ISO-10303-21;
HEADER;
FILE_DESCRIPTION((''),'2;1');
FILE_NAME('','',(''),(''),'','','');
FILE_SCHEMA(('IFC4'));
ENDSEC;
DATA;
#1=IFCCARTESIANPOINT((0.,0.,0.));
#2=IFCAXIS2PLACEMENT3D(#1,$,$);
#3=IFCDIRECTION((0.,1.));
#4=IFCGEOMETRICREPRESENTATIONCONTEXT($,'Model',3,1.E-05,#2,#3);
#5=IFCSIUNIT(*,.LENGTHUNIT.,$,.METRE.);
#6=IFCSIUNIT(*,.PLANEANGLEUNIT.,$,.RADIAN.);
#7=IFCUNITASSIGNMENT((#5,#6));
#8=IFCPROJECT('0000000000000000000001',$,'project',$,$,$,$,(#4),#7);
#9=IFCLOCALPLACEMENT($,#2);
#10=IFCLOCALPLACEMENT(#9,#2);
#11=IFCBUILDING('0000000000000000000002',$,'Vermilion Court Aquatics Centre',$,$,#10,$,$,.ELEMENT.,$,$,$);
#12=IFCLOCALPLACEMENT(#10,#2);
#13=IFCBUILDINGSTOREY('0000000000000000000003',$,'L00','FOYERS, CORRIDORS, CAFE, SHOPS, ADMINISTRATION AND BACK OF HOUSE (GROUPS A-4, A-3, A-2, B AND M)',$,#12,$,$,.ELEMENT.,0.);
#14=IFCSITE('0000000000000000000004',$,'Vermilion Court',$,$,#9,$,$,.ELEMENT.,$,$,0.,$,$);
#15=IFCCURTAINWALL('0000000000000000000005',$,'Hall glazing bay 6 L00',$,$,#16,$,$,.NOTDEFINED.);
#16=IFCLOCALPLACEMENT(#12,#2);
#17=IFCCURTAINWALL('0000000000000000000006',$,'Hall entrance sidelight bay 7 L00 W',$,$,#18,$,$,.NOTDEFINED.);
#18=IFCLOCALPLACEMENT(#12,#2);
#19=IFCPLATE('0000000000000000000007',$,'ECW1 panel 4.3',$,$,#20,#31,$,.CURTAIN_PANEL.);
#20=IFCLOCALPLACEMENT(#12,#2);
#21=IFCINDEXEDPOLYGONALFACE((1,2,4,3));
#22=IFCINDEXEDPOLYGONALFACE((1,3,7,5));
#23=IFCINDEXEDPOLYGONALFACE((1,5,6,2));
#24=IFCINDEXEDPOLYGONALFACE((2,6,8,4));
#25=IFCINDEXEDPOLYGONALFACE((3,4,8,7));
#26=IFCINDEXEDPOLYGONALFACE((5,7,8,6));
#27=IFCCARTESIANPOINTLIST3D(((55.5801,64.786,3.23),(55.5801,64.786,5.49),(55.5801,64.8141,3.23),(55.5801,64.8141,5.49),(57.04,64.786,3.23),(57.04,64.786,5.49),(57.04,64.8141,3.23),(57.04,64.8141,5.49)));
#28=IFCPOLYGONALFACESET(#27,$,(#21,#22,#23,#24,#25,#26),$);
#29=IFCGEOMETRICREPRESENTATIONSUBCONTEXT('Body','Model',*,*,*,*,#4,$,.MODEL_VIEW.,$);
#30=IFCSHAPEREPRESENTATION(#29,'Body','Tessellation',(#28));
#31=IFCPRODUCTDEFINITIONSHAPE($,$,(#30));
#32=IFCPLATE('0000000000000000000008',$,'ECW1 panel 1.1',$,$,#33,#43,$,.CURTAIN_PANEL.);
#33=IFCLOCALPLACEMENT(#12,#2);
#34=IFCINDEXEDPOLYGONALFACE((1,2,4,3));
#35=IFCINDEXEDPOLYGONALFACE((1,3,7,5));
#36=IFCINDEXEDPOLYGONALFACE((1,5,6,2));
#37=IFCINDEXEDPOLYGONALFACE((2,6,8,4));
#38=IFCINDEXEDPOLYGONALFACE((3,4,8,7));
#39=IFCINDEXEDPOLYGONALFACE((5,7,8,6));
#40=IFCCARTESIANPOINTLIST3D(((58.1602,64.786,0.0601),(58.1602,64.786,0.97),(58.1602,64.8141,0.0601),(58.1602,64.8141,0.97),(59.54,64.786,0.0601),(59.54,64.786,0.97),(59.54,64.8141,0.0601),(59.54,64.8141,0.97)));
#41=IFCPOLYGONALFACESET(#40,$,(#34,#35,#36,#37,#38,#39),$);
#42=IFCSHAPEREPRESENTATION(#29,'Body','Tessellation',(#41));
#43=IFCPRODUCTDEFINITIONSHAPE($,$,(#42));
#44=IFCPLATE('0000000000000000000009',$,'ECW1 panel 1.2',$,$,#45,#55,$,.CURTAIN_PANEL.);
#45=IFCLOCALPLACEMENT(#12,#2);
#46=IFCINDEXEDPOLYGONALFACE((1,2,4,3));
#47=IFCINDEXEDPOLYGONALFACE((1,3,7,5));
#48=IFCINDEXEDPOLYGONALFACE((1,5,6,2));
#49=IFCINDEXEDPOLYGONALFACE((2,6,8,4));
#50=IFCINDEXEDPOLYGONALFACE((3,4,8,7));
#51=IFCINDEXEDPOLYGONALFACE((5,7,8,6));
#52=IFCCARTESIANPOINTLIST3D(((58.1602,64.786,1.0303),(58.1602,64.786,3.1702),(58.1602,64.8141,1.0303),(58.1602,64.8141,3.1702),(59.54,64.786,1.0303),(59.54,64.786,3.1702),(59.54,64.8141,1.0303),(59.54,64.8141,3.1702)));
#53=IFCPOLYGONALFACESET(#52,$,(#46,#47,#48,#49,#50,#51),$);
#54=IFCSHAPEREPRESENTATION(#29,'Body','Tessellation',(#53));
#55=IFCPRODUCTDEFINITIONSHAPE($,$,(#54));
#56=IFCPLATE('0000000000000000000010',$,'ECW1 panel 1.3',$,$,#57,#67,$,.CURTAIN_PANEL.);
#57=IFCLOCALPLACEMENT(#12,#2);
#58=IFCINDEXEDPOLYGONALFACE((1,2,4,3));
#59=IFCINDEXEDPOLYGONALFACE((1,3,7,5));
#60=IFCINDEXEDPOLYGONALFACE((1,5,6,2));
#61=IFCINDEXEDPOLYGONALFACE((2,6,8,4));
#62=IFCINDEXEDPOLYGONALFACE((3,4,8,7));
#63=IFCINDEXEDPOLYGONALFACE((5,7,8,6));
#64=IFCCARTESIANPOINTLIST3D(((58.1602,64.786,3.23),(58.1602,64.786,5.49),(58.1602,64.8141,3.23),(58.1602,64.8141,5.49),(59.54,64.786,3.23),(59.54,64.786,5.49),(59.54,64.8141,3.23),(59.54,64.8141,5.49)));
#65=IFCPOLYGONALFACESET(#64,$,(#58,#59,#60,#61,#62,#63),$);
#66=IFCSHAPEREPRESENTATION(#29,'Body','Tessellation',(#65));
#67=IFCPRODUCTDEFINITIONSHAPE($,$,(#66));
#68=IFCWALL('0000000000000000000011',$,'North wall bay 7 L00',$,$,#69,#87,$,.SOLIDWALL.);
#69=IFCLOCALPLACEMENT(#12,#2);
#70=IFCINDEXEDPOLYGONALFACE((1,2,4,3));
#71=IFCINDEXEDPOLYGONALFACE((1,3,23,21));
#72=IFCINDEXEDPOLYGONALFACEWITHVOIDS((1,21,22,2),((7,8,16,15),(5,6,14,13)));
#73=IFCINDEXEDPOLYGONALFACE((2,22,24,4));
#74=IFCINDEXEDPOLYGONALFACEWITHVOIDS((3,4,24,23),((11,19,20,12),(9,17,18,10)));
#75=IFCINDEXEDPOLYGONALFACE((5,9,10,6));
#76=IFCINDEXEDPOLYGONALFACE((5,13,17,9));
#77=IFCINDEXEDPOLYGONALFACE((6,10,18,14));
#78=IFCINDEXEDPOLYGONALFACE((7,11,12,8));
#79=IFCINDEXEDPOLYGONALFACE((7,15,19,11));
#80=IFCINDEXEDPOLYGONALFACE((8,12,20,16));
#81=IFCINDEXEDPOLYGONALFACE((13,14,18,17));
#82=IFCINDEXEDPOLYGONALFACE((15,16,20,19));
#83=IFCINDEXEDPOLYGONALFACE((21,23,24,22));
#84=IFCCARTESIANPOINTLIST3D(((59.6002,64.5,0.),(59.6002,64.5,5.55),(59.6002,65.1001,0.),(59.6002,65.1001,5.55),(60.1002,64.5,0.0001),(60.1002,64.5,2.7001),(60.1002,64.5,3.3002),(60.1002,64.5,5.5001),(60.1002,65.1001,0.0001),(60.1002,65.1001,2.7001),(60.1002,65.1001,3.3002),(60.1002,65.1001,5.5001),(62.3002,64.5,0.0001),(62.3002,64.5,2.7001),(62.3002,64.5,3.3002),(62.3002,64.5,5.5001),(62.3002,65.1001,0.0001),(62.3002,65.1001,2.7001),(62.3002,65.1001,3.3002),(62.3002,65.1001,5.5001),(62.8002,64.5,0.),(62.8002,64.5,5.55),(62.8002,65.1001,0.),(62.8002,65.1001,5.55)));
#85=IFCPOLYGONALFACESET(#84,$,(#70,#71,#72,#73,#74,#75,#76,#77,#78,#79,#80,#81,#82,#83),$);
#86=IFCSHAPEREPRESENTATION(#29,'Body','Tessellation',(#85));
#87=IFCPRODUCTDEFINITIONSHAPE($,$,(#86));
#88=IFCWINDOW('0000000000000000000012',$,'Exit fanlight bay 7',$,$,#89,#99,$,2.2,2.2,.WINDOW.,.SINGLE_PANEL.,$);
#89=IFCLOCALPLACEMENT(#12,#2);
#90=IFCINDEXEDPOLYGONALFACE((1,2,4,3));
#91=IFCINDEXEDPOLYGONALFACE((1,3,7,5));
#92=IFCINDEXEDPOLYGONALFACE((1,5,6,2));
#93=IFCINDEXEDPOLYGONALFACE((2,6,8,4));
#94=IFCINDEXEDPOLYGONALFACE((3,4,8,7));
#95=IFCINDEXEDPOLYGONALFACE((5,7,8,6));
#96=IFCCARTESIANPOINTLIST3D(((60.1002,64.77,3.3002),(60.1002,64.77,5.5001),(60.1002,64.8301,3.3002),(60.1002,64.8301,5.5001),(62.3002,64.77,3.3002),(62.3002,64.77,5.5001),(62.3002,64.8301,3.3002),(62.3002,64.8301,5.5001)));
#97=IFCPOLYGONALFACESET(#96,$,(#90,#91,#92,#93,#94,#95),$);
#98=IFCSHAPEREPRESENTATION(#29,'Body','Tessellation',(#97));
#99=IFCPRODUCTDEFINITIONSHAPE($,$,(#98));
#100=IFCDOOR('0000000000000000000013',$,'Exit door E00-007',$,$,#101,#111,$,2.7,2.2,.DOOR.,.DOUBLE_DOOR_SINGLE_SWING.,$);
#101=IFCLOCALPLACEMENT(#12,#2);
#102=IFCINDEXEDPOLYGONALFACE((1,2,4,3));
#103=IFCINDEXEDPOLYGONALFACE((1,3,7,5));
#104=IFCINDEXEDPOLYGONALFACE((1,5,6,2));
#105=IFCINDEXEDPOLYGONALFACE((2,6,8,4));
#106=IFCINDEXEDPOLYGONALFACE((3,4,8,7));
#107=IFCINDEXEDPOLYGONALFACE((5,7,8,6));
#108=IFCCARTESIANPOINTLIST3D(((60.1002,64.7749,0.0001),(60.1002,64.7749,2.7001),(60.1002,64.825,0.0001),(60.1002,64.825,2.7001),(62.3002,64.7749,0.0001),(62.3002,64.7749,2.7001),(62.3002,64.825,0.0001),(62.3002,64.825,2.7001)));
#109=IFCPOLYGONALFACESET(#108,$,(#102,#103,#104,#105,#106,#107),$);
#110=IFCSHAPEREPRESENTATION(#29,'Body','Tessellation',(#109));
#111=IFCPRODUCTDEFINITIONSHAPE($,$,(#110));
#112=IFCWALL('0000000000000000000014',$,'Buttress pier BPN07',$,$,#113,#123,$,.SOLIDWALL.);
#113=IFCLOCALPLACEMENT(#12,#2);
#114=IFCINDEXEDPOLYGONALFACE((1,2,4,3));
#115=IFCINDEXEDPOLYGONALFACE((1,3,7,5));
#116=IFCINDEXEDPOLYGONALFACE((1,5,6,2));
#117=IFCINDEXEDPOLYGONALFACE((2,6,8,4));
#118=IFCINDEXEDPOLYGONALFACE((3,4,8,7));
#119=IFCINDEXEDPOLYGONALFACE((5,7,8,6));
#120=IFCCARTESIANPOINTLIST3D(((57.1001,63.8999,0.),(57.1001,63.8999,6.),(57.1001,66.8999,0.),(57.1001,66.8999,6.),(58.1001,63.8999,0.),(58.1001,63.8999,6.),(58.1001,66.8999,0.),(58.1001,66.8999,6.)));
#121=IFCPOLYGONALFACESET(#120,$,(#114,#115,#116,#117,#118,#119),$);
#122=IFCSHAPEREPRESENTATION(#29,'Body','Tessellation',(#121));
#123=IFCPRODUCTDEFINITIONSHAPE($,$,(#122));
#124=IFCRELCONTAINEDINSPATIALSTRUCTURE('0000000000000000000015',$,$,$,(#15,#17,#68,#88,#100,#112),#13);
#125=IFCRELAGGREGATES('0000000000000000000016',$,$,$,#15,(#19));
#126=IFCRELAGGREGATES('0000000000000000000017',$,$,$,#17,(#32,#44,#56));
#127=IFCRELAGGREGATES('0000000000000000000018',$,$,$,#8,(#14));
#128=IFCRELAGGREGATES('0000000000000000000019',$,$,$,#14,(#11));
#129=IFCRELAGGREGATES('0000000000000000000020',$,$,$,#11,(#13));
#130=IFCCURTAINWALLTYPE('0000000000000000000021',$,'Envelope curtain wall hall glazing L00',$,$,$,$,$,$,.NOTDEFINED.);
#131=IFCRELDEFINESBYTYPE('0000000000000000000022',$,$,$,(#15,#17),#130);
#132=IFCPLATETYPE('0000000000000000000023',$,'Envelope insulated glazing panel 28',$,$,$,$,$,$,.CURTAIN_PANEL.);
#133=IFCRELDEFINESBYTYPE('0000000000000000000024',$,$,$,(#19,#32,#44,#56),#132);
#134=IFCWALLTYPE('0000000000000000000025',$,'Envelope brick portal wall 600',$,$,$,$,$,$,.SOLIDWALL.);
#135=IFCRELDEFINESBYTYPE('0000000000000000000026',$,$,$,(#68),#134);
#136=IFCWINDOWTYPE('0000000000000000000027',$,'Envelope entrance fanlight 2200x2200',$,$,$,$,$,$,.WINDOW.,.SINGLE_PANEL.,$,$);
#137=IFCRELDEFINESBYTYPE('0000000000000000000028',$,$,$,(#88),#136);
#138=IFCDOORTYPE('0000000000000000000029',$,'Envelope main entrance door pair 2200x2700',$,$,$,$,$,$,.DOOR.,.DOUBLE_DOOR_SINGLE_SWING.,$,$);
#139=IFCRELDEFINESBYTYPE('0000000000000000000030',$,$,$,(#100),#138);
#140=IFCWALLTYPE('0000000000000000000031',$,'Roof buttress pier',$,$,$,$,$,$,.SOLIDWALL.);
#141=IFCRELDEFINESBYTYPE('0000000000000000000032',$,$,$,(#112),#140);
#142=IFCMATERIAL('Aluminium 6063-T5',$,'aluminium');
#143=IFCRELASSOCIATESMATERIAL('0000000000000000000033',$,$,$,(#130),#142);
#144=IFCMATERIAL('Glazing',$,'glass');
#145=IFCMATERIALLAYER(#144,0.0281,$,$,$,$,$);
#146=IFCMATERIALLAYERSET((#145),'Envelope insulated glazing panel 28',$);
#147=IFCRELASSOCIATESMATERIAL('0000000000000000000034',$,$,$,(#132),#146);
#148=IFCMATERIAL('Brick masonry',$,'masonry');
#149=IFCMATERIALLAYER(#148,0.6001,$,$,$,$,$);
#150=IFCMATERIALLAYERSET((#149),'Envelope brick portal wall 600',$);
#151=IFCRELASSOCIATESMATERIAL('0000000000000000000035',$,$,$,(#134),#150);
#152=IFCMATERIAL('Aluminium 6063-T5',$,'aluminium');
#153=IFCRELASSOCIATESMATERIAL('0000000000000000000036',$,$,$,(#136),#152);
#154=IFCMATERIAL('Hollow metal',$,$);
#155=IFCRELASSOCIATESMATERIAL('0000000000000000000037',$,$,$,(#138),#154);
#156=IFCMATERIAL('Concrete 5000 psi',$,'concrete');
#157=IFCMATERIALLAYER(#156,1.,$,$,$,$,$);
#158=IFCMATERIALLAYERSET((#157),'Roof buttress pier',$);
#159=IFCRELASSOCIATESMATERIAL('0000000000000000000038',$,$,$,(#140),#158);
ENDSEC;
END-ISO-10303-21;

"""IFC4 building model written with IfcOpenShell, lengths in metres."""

from ifc_helpers import new_model, si_unit, direction, frame, frame_2d, origin, origin_2d, place, context, subcontext, project, spatial, rectangle, extrude, material, layer, layer_set, type_object, element, fill, aggregate, save


model = new_model("IFC4")

# Units and contexts
model_context = context("Model", 3, precision=1e-05, world=origin(), true_north=direction((0.0, 1.0)))
body_context = subcontext(model_context, "Body", "Model", "MODEL_VIEW")
ifc_project = project(units=[si_unit("LENGTHUNIT", "METRE"), si_unit("PLANEANGLEUNIT", "RADIAN")], contexts=[model_context])

# Site, building, storey
site_placement = place(None, origin())
site = spatial("IfcSite", under=ifc_project, at=site_placement, Name="Vermilion Court", CompositionType="ELEMENT", RefElevation=0.0)
building_placement = place(site_placement, origin())
building = spatial("IfcBuilding", under=site, at=building_placement, Name="Vermilion Court Aquatics Centre", CompositionType="ELEMENT")
storey_placement = place(building_placement, origin())
storey = spatial("IfcBuildingStorey", under=building, at=storey_placement, Name="L00", Description="FOYERS, CORRIDORS, CAFE, SHOPS, ADMINISTRATION AND BACK OF HOUSE (GROUPS A-4, A-3, A-2, B AND M)", CompositionType="ELEMENT", Elevation=0.0)

# Curtain wall
ifc_material_1 = material(Name="Aluminium 6063-T5", Category="aluminium")
curtain_wall_type = type_object("IfcCurtainWallType", Name="Envelope curtain wall hall glazing L00", PredefinedType="NOTDEFINED", material=ifc_material_1)
curtain_wall_1_placement = place(storey_placement, origin())
curtain_wall_1 = element("IfcCurtainWall", 1, at=curtain_wall_1_placement, inside=storey, type_object=curtain_wall_type, Name="Hall glazing bay 6 L00", PredefinedType="NOTDEFINED")

# Curtain wall
curtain_wall_2_placement = place(storey_placement, origin())
curtain_wall_2 = element("IfcCurtainWall", 2, at=curtain_wall_2_placement, inside=storey, type_object=curtain_wall_type, Name="Hall entrance sidelight bay 7 L00 W", PredefinedType="NOTDEFINED")

# Plates
ifc_material_2 = material(Name="Glazing", Category="glass")
ifc_layer_1 = layer(ifc_material_2, 0.0281)
ifc_layer_set_1 = layer_set([ifc_layer_1], Name="Envelope insulated glazing panel 28")
plate_type = type_object("IfcPlateType", Name="Envelope insulated glazing panel 28", PredefinedType="CURTAIN_PANEL", material=ifc_layer_set_1)
plate_1_placement = place(storey_placement, frame((56.3101, 64.8, 3.23), z_axis=(0.0, 0.0, 1.0), x_axis=(1.0, 0.0, 0.0)))
plate_1 = element("IfcPlate", 3, at=plate_1_placement, type_object=plate_type, Name="ECW1 panel 4.3", PredefinedType="CURTAIN_PANEL", context=body_context, shape_type="SweptSolid", body=[
    extrude(rectangle(XDim=1.46, YDim=0.0281, at=origin_2d()), origin(), (0.0, 0.0, 1.0), 2.26),
])
aggregate(curtain_wall_1, [plate_1])
plate_2_placement = place(storey_placement, frame((58.8501, 64.8, 0.0601), z_axis=(0.0, 0.0, 1.0), x_axis=(1.0, 0.0, 0.0)))
plate_2 = element("IfcPlate", 4, at=plate_2_placement, type_object=plate_type, Name="ECW1 panel 1.1", PredefinedType="CURTAIN_PANEL", context=body_context, shape_type="SweptSolid", body=[
    extrude(rectangle(XDim=1.3799, YDim=0.0281, at=origin_2d()), origin(), (0.0, 0.0, 1.0), 0.9099),
])
plate_3_placement = place(storey_placement, frame((58.8501, 64.8, 1.0303), z_axis=(0.0, 0.0, 1.0), x_axis=(1.0, 0.0, 0.0)))
plate_3 = element("IfcPlate", 5, at=plate_3_placement, type_object=plate_type, Name="ECW1 panel 1.2", PredefinedType="CURTAIN_PANEL", context=body_context, shape_type="SweptSolid", body=[
    extrude(rectangle(XDim=1.3799, YDim=0.0281, at=origin_2d()), origin(), (0.0, 0.0, 1.0), 2.1399),
])
plate_4_placement = place(storey_placement, frame((58.8501, 64.8, 3.23), z_axis=(0.0, 0.0, 1.0), x_axis=(1.0, 0.0, 0.0)))
plate_4 = element("IfcPlate", 6, at=plate_4_placement, type_object=plate_type, Name="ECW1 panel 1.3", PredefinedType="CURTAIN_PANEL", context=body_context, shape_type="SweptSolid", body=[
    extrude(rectangle(XDim=1.3799, YDim=0.0281, at=origin_2d()), origin(), (0.0, 0.0, 1.0), 2.26),
])
aggregate(curtain_wall_2, [plate_2, plate_3, plate_4])

# Wall, openings, window, door
ifc_material_3 = material(Name="Brick masonry", Category="masonry")
ifc_layer_2 = layer(ifc_material_3, 0.6001)
ifc_layer_set_2 = layer_set([ifc_layer_2], Name="Envelope brick portal wall 600")
wall_type_1 = type_object("IfcWallType", Name="Envelope brick portal wall 600", PredefinedType="SOLIDWALL", material=ifc_layer_set_2)
wall_1_placement = place(storey_placement, frame((59.6001, 64.8, 0.0), z_axis=(0.0, 0.0, 1.0), x_axis=(1.0, 0.0, 0.0)))
wall_1 = element("IfcWall", 7, at=wall_1_placement, inside=storey, type_object=wall_type_1, Name="North wall bay 7 L00", PredefinedType="SOLIDWALL", context=body_context, shape_type="SweptSolid", body=[
    extrude(rectangle(XDim=3.2, YDim=0.6001, at=frame_2d((1.6001, 0.0))), origin(), (0.0, 0.0, 1.0), 5.55),
])
opening_1_placement = place(wall_1_placement, frame((0.5, 0.0, 0.0)))
opening_1 = element("IfcOpeningElement", 8, at=opening_1_placement, cuts=wall_1, PredefinedType="OPENING", context=body_context, shape_type="SweptSolid", body=[
    extrude(rectangle(XDim=2.2, YDim=2.7, at=frame_2d((1.1001, 1.3501))), frame((0.0, 0.3101, 0.0), z_axis=(0.0, -1.0, 0.0), x_axis=(1.0, 0.0, 0.0)), (0.0, 0.0, 1.0), 0.6201),
])
opening_2_placement = place(wall_1_placement, frame((0.5, 0.0, 3.3)))
opening_2 = element("IfcOpeningElement", 9, at=opening_2_placement, cuts=wall_1, PredefinedType="OPENING", context=body_context, shape_type="SweptSolid", body=[
    extrude(rectangle(XDim=2.2, YDim=2.2, at=frame_2d((1.1001, 1.1001))), frame((0.0, 0.3101, 0.0), z_axis=(0.0, -1.0, 0.0), x_axis=(1.0, 0.0, 0.0)), (0.0, 0.0, 1.0), 0.6201),
])
ifc_material_4 = material(Name="Aluminium 6063-T5", Category="aluminium")
window_type = type_object("IfcWindowType", Name="Envelope entrance fanlight 2200x2200", PartitioningType="SINGLE_PANEL", PredefinedType="WINDOW", material=ifc_material_4)
window_placement = place(opening_2_placement, origin())
window = element("IfcWindow", 10, at=window_placement, inside=storey, type_object=window_type, Name="Exit fanlight bay 7", OverallHeight=2.2, OverallWidth=2.2, PartitioningType="SINGLE_PANEL", PredefinedType="WINDOW", context=body_context, shape_type="SweptSolid", body=[
    extrude(rectangle(XDim=2.2, YDim=2.2, at=frame_2d((1.1001, 1.1001))), frame((0.0, 0.03, 0.0), z_axis=(0.0, -1.0, 0.0), x_axis=(1.0, 0.0, 0.0)), (0.0, 0.0, 1.0), 0.0601),
])
fill(opening_2, window)
ifc_material_5 = material(Name="Hollow metal")
door_type = type_object("IfcDoorType", Name="Envelope main entrance door pair 2200x2700", OperationType="DOUBLE_DOOR_SINGLE_SWING", PredefinedType="DOOR", material=ifc_material_5)
door_placement = place(opening_1_placement, origin())
door = element("IfcDoor", 11, at=door_placement, inside=storey, type_object=door_type, Name="Exit door E00-007", OperationType="DOUBLE_DOOR_SINGLE_SWING", OverallHeight=2.7, OverallWidth=2.2, PredefinedType="DOOR", context=body_context, shape_type="SweptSolid", body=[
    extrude(rectangle(XDim=2.2, YDim=2.7, at=frame_2d((1.1001, 1.3501))), frame((0.0, 0.0249, 0.0), z_axis=(0.0, -1.0, 0.0), x_axis=(1.0, 0.0, 0.0)), (0.0, 0.0, 1.0), 0.05),
])
fill(opening_1, door)

# Wall
ifc_material_6 = material(Name="Concrete 5000 psi", Category="concrete")
ifc_layer_3 = layer(ifc_material_6, 1.0)
ifc_layer_set_3 = layer_set([ifc_layer_3], Name="Roof buttress pier")
wall_type_2 = type_object("IfcWallType", Name="Roof buttress pier", PredefinedType="SOLIDWALL", material=ifc_layer_set_3)
wall_2_placement = place(storey_placement, frame((57.6001, 63.8999, 0.0), z_axis=(0.0, 0.0, 1.0), x_axis=(0.0, 1.0, 0.0)))
element("IfcWall", 12, at=wall_2_placement, inside=storey, type_object=wall_type_2, Name="Buttress pier BPN07", PredefinedType="SOLIDWALL", context=body_context, shape_type="SweptSolid", body=[
    extrude(rectangle(XDim=3.0, YDim=1.0, at=frame_2d((1.5, 0.0))), origin(), (0.0, 0.0, 1.0), 6.0),
])

save(model, "model.ifc")
